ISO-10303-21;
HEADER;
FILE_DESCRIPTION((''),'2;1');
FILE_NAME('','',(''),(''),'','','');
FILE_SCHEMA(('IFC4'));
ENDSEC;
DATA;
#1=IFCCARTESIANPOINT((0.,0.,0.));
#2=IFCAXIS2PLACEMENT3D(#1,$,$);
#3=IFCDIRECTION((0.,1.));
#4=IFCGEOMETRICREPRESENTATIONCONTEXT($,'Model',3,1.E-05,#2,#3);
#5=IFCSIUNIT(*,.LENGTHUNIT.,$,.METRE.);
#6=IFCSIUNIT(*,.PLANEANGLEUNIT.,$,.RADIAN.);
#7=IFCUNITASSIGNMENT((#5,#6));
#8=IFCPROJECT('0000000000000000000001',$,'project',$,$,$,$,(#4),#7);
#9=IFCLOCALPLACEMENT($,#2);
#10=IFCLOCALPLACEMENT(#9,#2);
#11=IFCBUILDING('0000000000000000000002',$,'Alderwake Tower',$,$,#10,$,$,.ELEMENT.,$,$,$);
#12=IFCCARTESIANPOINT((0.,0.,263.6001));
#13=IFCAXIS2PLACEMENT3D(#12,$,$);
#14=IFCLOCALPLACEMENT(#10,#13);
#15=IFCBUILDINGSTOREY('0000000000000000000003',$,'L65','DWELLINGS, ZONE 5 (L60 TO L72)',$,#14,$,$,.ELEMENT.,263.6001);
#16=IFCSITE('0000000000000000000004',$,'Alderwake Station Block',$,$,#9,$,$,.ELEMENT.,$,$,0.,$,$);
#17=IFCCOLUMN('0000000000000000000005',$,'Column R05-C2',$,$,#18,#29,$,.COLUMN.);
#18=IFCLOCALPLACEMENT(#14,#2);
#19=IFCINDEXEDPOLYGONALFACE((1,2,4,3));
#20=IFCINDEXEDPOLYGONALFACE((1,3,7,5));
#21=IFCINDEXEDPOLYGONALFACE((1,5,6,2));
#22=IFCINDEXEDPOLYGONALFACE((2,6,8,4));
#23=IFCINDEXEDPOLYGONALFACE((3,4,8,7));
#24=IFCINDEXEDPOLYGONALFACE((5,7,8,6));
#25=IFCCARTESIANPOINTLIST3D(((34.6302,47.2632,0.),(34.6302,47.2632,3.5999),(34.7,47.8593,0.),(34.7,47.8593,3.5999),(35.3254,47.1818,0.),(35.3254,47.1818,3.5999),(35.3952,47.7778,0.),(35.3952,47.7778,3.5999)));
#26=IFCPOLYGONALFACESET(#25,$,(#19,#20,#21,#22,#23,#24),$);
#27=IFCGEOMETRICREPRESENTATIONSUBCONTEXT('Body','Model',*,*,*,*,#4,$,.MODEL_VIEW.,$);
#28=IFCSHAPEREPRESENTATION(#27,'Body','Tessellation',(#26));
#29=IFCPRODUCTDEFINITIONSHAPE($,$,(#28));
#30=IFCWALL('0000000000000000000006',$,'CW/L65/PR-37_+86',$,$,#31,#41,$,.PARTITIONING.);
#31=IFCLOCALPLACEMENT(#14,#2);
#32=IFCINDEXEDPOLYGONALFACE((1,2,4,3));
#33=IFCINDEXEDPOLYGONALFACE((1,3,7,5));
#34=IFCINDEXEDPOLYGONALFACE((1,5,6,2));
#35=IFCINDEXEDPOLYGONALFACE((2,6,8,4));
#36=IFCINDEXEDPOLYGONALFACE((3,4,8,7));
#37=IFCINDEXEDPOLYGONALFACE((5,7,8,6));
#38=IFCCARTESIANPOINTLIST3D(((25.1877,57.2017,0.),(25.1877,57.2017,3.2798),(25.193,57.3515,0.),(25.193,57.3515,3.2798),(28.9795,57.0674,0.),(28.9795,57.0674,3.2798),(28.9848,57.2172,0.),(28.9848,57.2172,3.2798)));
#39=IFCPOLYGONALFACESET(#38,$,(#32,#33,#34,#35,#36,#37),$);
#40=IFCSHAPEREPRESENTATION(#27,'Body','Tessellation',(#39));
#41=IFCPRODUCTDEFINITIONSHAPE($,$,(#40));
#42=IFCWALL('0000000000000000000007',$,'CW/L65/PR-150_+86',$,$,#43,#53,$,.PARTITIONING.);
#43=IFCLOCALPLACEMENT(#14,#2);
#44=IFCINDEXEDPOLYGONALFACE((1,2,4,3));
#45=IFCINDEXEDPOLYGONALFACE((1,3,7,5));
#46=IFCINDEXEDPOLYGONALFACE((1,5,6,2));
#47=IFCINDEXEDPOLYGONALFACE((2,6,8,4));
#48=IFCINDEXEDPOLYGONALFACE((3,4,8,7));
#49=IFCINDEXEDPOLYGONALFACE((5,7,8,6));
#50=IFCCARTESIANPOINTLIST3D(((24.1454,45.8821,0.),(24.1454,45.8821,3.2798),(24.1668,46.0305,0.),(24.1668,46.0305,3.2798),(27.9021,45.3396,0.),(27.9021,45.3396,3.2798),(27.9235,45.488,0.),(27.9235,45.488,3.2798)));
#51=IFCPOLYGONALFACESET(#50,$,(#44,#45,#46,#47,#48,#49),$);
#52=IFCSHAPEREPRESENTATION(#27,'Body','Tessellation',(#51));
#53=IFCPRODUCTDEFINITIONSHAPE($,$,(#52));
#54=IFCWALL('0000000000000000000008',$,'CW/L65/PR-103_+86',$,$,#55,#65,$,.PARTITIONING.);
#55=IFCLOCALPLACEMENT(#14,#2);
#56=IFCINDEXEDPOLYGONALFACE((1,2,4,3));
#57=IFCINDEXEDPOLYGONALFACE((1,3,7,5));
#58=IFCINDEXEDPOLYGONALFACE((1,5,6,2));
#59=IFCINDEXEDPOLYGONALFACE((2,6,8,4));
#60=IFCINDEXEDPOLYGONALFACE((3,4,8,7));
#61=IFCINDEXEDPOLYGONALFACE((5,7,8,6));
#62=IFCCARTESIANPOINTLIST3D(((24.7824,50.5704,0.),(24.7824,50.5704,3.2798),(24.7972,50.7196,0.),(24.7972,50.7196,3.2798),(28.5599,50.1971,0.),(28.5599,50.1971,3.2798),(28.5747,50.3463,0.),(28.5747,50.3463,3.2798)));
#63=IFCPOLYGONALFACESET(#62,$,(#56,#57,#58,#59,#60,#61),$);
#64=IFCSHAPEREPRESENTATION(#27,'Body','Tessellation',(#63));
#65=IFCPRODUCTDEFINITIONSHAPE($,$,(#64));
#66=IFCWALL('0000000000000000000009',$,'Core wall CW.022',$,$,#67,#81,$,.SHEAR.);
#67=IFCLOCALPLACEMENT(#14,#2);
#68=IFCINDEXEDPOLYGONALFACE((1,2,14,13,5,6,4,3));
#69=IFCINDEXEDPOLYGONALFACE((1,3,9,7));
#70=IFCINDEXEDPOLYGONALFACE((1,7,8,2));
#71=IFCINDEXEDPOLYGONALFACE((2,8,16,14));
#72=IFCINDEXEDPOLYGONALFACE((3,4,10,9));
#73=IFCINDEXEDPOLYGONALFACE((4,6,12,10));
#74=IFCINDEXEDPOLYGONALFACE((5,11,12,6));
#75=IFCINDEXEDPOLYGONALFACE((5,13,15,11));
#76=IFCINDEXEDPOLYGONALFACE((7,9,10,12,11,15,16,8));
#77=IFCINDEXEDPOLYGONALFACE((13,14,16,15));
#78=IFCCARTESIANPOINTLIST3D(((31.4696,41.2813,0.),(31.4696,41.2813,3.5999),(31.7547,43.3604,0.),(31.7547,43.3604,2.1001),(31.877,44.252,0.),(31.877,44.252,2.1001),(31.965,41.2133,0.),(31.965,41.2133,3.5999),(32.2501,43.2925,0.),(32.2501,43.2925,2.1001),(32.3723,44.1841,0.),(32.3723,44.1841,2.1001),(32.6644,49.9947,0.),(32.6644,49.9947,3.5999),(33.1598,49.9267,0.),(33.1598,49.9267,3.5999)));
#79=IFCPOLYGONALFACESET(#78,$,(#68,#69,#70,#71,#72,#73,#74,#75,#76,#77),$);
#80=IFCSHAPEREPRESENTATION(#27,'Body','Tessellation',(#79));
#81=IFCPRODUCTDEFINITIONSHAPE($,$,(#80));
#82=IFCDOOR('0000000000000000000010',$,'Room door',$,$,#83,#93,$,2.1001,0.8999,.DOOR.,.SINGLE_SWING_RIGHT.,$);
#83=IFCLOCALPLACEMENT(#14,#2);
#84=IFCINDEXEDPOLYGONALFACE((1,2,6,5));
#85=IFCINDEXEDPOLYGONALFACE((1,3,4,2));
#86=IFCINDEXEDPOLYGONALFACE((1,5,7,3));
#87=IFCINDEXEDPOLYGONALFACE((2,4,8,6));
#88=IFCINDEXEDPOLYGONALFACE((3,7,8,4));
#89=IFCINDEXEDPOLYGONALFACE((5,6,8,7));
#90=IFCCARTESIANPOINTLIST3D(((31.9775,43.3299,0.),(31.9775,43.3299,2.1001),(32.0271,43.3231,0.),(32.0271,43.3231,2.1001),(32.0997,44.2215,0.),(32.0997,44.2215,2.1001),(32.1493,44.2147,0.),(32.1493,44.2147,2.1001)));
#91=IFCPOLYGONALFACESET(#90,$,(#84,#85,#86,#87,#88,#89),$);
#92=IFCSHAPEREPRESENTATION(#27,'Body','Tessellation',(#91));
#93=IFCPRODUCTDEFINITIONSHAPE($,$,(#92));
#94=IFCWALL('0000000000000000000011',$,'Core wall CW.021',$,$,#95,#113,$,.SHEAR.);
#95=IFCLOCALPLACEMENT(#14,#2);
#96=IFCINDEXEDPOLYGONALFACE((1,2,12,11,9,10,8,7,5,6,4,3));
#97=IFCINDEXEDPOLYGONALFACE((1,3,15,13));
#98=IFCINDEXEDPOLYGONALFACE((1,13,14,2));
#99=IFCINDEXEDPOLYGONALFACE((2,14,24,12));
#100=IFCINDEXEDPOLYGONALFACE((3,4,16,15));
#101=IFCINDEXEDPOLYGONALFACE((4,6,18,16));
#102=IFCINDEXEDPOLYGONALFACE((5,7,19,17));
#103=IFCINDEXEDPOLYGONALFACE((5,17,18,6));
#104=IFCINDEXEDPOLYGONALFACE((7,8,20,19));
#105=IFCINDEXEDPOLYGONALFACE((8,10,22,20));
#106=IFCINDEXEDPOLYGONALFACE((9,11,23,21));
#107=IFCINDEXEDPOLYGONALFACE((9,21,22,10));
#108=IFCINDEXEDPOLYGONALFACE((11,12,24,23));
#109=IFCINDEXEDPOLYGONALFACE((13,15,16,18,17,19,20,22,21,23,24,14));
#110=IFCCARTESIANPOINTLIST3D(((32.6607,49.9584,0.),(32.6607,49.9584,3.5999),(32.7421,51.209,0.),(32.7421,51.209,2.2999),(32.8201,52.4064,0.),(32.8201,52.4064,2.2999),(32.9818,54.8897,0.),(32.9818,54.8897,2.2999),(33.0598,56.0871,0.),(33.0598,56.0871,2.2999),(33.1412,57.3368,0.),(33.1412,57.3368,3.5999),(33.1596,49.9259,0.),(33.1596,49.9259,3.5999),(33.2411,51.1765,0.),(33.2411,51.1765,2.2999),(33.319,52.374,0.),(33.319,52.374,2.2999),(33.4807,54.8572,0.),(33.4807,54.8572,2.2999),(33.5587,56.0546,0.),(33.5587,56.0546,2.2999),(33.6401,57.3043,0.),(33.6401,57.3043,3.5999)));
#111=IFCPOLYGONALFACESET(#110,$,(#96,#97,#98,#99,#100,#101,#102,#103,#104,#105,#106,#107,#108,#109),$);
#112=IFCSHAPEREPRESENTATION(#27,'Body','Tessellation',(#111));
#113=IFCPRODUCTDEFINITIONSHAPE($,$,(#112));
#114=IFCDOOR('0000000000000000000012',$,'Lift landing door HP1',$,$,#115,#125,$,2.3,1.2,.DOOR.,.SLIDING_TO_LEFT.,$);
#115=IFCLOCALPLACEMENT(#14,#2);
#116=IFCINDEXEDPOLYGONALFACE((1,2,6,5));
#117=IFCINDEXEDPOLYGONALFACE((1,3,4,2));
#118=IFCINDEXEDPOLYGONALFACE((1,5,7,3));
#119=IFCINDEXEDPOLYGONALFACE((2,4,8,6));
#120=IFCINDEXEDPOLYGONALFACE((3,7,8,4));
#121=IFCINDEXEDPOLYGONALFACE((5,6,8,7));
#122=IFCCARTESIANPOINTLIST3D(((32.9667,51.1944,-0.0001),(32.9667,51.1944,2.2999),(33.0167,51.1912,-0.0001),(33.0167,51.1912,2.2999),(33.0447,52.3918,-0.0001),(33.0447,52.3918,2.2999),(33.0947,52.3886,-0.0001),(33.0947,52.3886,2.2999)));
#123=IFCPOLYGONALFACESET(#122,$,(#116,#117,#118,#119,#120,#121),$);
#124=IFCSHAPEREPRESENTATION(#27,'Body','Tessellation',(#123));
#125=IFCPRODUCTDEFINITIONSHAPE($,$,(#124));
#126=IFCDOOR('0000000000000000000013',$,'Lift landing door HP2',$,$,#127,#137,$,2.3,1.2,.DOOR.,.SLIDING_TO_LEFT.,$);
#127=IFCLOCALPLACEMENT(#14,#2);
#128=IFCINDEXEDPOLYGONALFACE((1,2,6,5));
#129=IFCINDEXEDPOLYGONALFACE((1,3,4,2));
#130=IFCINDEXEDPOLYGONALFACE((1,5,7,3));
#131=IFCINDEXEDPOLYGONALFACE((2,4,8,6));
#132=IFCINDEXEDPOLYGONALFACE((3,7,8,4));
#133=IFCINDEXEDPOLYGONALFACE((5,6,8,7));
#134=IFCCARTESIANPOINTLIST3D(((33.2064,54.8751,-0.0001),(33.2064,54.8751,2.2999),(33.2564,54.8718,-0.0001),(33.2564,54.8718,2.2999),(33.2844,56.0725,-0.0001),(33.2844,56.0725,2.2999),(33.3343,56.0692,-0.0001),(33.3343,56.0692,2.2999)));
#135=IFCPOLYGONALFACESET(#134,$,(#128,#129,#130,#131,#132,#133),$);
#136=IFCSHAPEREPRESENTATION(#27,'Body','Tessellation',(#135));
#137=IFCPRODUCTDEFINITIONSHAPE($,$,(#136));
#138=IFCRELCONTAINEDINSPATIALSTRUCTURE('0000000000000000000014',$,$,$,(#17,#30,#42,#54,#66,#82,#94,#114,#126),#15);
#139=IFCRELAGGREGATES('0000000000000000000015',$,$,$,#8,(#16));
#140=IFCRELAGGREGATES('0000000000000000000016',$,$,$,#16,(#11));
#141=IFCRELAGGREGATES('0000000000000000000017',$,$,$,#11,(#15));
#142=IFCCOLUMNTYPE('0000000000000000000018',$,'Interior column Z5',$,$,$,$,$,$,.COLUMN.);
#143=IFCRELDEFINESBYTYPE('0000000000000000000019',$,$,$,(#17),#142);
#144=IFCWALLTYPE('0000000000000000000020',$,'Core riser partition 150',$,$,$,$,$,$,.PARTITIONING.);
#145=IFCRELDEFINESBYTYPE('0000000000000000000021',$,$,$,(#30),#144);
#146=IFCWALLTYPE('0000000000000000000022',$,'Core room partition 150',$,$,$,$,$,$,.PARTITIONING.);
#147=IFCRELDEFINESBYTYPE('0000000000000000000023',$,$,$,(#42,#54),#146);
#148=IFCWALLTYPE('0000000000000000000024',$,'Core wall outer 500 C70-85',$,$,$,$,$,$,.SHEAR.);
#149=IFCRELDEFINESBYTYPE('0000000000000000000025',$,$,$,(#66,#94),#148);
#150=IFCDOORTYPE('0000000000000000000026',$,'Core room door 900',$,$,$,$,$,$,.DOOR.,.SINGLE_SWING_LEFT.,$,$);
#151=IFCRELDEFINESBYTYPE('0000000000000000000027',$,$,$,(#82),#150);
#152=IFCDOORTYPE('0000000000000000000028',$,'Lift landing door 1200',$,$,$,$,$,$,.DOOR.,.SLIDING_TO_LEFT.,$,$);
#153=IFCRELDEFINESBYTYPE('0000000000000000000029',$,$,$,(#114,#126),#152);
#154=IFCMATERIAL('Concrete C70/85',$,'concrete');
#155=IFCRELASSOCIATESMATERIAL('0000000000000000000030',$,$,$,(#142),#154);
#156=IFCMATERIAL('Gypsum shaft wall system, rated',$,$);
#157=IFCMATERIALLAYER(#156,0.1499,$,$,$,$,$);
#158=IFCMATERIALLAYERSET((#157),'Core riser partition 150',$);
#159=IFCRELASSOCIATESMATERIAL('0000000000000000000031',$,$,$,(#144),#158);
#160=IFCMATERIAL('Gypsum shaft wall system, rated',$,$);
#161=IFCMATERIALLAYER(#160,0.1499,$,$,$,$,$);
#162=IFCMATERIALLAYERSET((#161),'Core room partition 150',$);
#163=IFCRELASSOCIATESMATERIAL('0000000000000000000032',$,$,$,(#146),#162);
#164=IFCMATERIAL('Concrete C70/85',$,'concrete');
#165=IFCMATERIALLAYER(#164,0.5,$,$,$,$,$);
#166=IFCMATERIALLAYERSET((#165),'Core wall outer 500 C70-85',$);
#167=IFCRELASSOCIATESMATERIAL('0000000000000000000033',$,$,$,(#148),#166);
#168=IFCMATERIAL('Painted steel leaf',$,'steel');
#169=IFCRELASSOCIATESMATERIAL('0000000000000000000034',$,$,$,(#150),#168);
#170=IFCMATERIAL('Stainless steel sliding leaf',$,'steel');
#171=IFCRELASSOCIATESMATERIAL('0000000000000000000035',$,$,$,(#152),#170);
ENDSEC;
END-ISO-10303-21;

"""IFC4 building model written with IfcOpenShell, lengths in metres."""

from ifc_helpers import new_model, si_unit, direction, frame, frame_2d, origin, origin_2d, place, context, subcontext, project, spatial, rectangle, extrude, material, layer, layer_set, material_profile, profile_set, type_object, element, fill, save


model = new_model("IFC4")

# Units and contexts
model_context = context("Model", 3, precision=1e-05, world=origin(), true_north=direction((0.0, 1.0)))
body_context = subcontext(model_context, "Body", "Model", "MODEL_VIEW")
ifc_project = project(units=[si_unit("LENGTHUNIT", "METRE"), si_unit("PLANEANGLEUNIT", "RADIAN")], contexts=[model_context])

# Site, building, storey
site_placement = place(None, origin())
site = spatial("IfcSite", under=ifc_project, at=site_placement, Name="Alderwake Station Block", CompositionType="ELEMENT", RefElevation=0.0)
building_placement = place(site_placement, origin())
building = spatial("IfcBuilding", under=site, at=building_placement, Name="Alderwake Tower", CompositionType="ELEMENT")
storey_placement = place(building_placement, frame((0.0, 0.0, 263.6001)))
storey = spatial("IfcBuildingStorey", under=building, at=storey_placement, Name="L65", Description="DWELLINGS, ZONE 5 (L60 TO L72)", CompositionType="ELEMENT", Elevation=263.6001)

# Column
ifc_material_1 = material(Name="Concrete C70/85", Category="concrete")
ifc_material_profile = material_profile(ifc_material_1, rectangle(XDim=0.6001, YDim=0.7, at=origin_2d()), Name="RC 700X600")
ifc_profile_set = profile_set([ifc_material_profile], Name="Concrete C70/85")
column_type = type_object("IfcColumnType", Name="Interior column Z5", PredefinedType="COLUMN", material=ifc_profile_set)
column_placement = place(storey_placement, frame((35.0127, 47.5205, 0.0), z_axis=(0.0, 0.0, 1.0), x_axis=(0.116402, 0.993202, 0.0)))
element("IfcColumn", 1, at=column_placement, inside=storey, type_object=column_type, Name="Column R05-C2", PredefinedType="COLUMN", context=body_context, shape_type="SweptSolid", body=[
    extrude(rectangle(XDim=0.6001, YDim=0.7, at=origin_2d()), origin(), (0.0, 0.0, 1.0), 3.5999),
])

# Walls
ifc_material_2 = material(Name="Gypsum shaft wall system, rated")
ifc_layer_1 = layer(ifc_material_2, 0.1499)
ifc_layer_set_1 = layer_set([ifc_layer_1], Name="Core riser partition 150")
wall_type_1 = type_object("IfcWallType", Name="Core riser partition 150", PredefinedType="PARTITIONING", material=ifc_layer_set_1)
wall_1_placement = place(storey_placement, frame((25.1904, 57.2766, 0.0), z_axis=(0.0, 0.0, 1.0), x_axis=(0.999374, -0.035391, 0.0)))
element("IfcWall", 2, at=wall_1_placement, inside=storey, type_object=wall_type_1, Name="CW/L65/PR-37_+86", PredefinedType="PARTITIONING", context=body_context, shape_type="SweptSolid", body=[
    extrude(rectangle(XDim=3.7942, YDim=0.1499, at=frame_2d((1.897, 0.0))), origin(), (0.0, 0.0, 1.0), 3.2798),
])
ifc_material_3 = material(Name="Gypsum shaft wall system, rated")
ifc_layer_2 = layer(ifc_material_3, 0.1499)
ifc_layer_set_2 = layer_set([ifc_layer_2], Name="Core room partition 150")
wall_type_2 = type_object("IfcWallType", Name="Core room partition 150", PredefinedType="PARTITIONING", material=ifc_layer_set_2)
wall_2_placement = place(storey_placement, frame((24.156, 45.9563, 0.0), z_axis=(0.0, 0.0, 1.0), x_axis=(0.989734, -0.142925, 0.0)))
element("IfcWall", 3, at=wall_2_placement, inside=storey, type_object=wall_type_2, Name="CW/L65/PR-150_+86", PredefinedType="PARTITIONING", context=body_context, shape_type="SweptSolid", body=[
    extrude(rectangle(XDim=3.7957, YDim=0.1499, at=frame_2d((1.8979, 0.0))), origin(), (0.0, 0.0, 1.0), 3.2798),
])
wall_3_placement = place(storey_placement, frame((24.7898, 50.645, 0.0), z_axis=(0.0, 0.0, 1.0), x_axis=(0.995153, -0.098338, 0.0)))
element("IfcWall", 4, at=wall_3_placement, inside=storey, type_object=wall_type_2, Name="CW/L65/PR-103_+86", PredefinedType="PARTITIONING", context=body_context, shape_type="SweptSolid", body=[
    extrude(rectangle(XDim=3.7959, YDim=0.1499, at=frame_2d((1.8979, 0.0))), origin(), (0.0, 0.0, 1.0), 3.2798),
])

# Wall, opening, door
ifc_material_4 = material(Name="Concrete C70/85", Category="concrete")
ifc_layer_3 = layer(ifc_material_4, 0.5)
ifc_layer_set_3 = layer_set([ifc_layer_3], Name="Core wall outer 500 C70-85")
wall_type_3 = type_object("IfcWallType", Name="Core wall outer 500 C70-85", PredefinedType="SHEAR", material=ifc_layer_set_3)
wall_4_placement = place(storey_placement, frame((32.9121, 49.9607, 0.0), z_axis=(0.0, 0.0, 1.0), x_axis=(-0.135854, -0.990729, 0.0)))
wall_4 = element("IfcWall", 5, at=wall_4_placement, inside=storey, type_object=wall_type_3, Name="Core wall CW.022", PredefinedType="SHEAR", context=body_context, shape_type="SweptSolid", body=[
    extrude(rectangle(XDim=8.7949, YDim=0.5, at=frame_2d((4.3975, 0.0))), origin(), (0.0, 0.0, 1.0), 3.5999),
])
opening_1_placement = place(wall_4_placement, frame((5.7964, 0.0, 0.0)))
opening_1 = element("IfcOpeningElement", 6, at=opening_1_placement, cuts=wall_4, PredefinedType="OPENING", context=body_context, shape_type="SweptSolid", body=[
    extrude(rectangle(XDim=0.8999, YDim=2.1001, at=frame_2d((0.45, 1.05))), frame((0.0, 0.26, 0.0), z_axis=(0.0, -1.0, 0.0), x_axis=(1.0, 0.0, 0.0)), (0.0, 0.0, 1.0), 0.52),
])
ifc_material_5 = material(Name="Painted steel leaf", Category="steel")
door_type_1 = type_object("IfcDoorType", Name="Core room door 900", OperationType="SINGLE_SWING_LEFT", PredefinedType="DOOR", material=ifc_material_5)
door_1_placement = place(opening_1_placement, origin())
door_1 = element("IfcDoor", 7, at=door_1_placement, inside=storey, type_object=door_type_1, Name="Room door", OperationType="SINGLE_SWING_RIGHT", OverallHeight=2.1001, OverallWidth=0.8999, PredefinedType="DOOR", context=body_context, shape_type="SweptSolid", body=[
    extrude(rectangle(XDim=0.8999, YDim=2.1001, at=frame_2d((0.45, 1.05))), frame((0.0, 0.0249, 0.0), z_axis=(0.0, -1.0, 0.0), x_axis=(1.0, 0.0, 0.0)), (0.0, 0.0, 1.0), 0.05),
])
fill(opening_1, door_1)

# Wall, openings, doors
wall_5_placement = place(storey_placement, frame((32.9102, 49.9421, 0.0), z_axis=(0.0, 0.0, 1.0), x_axis=(0.064981, 0.997887, 0.0)))
wall_5 = element("IfcWall", 8, at=wall_5_placement, inside=storey, type_object=wall_type_3, Name="Core wall CW.021", PredefinedType="SHEAR", context=body_context, shape_type="SweptSolid", body=[
    extrude(rectangle(XDim=7.394, YDim=0.5, at=frame_2d((3.697, 0.0))), origin(), (0.0, 0.0, 1.0), 3.5999),
])
opening_2_placement = place(wall_5_placement, frame((1.2532, 0.0, 0.0)))
opening_2 = element("IfcOpeningElement", 9, at=opening_2_placement, cuts=wall_5, PredefinedType="OPENING", context=body_context, shape_type="SweptSolid", body=[
    extrude(rectangle(XDim=1.2, YDim=2.3, at=frame_2d((0.6001, 1.1499))), frame((0.0, 0.26, 0.0), z_axis=(0.0, -1.0, 0.0), x_axis=(1.0, 0.0, 0.0)), (0.0, 0.0, 1.0), 0.52),
])
opening_3_placement = place(wall_5_placement, frame((4.9417, 0.0, 0.0)))
opening_3 = element("IfcOpeningElement", 10, at=opening_3_placement, cuts=wall_5, PredefinedType="OPENING", context=body_context, shape_type="SweptSolid", body=[
    extrude(rectangle(XDim=1.2, YDim=2.3, at=frame_2d((0.6001, 1.1499))), frame((0.0, 0.26, 0.0), z_axis=(0.0, -1.0, 0.0), x_axis=(1.0, 0.0, 0.0)), (0.0, 0.0, 1.0), 0.52),
])
ifc_material_6 = material(Name="Stainless steel sliding leaf", Category="steel")
door_type_2 = type_object("IfcDoorType", Name="Lift landing door 1200", OperationType="SLIDING_TO_LEFT", PredefinedType="DOOR", material=ifc_material_6)
door_2_placement = place(opening_2_placement, origin())
door_2 = element("IfcDoor", 11, at=door_2_placement, inside=storey, type_object=door_type_2, Name="Lift landing door HP1", OperationType="SLIDING_TO_LEFT", OverallHeight=2.3, OverallWidth=1.2, PredefinedType="DOOR", context=body_context, shape_type="SweptSolid", body=[
    extrude(rectangle(XDim=1.2, YDim=2.3, at=frame_2d((0.6001, 1.1499))), frame((0.0, 0.0249, 0.0), z_axis=(0.0, -1.0, 0.0), x_axis=(1.0, 0.0, 0.0)), (0.0, 0.0, 1.0), 0.05),
])
fill(opening_2, door_2)
door_3_placement = place(opening_3_placement, origin())
door_3 = element("IfcDoor", 12, at=door_3_placement, inside=storey, type_object=door_type_2, Name="Lift landing door HP2", OperationType="SLIDING_TO_LEFT", OverallHeight=2.3, OverallWidth=1.2, PredefinedType="DOOR", context=body_context, shape_type="SweptSolid", body=[
    extrude(rectangle(XDim=1.2, YDim=2.3, at=frame_2d((0.6001, 1.1499))), frame((0.0, 0.0249, 0.0), z_axis=(0.0, -1.0, 0.0), x_axis=(1.0, 0.0, 0.0)), (0.0, 0.0, 1.0), 0.05),
])
fill(opening_3, door_3)

save(model, "model.ifc")
